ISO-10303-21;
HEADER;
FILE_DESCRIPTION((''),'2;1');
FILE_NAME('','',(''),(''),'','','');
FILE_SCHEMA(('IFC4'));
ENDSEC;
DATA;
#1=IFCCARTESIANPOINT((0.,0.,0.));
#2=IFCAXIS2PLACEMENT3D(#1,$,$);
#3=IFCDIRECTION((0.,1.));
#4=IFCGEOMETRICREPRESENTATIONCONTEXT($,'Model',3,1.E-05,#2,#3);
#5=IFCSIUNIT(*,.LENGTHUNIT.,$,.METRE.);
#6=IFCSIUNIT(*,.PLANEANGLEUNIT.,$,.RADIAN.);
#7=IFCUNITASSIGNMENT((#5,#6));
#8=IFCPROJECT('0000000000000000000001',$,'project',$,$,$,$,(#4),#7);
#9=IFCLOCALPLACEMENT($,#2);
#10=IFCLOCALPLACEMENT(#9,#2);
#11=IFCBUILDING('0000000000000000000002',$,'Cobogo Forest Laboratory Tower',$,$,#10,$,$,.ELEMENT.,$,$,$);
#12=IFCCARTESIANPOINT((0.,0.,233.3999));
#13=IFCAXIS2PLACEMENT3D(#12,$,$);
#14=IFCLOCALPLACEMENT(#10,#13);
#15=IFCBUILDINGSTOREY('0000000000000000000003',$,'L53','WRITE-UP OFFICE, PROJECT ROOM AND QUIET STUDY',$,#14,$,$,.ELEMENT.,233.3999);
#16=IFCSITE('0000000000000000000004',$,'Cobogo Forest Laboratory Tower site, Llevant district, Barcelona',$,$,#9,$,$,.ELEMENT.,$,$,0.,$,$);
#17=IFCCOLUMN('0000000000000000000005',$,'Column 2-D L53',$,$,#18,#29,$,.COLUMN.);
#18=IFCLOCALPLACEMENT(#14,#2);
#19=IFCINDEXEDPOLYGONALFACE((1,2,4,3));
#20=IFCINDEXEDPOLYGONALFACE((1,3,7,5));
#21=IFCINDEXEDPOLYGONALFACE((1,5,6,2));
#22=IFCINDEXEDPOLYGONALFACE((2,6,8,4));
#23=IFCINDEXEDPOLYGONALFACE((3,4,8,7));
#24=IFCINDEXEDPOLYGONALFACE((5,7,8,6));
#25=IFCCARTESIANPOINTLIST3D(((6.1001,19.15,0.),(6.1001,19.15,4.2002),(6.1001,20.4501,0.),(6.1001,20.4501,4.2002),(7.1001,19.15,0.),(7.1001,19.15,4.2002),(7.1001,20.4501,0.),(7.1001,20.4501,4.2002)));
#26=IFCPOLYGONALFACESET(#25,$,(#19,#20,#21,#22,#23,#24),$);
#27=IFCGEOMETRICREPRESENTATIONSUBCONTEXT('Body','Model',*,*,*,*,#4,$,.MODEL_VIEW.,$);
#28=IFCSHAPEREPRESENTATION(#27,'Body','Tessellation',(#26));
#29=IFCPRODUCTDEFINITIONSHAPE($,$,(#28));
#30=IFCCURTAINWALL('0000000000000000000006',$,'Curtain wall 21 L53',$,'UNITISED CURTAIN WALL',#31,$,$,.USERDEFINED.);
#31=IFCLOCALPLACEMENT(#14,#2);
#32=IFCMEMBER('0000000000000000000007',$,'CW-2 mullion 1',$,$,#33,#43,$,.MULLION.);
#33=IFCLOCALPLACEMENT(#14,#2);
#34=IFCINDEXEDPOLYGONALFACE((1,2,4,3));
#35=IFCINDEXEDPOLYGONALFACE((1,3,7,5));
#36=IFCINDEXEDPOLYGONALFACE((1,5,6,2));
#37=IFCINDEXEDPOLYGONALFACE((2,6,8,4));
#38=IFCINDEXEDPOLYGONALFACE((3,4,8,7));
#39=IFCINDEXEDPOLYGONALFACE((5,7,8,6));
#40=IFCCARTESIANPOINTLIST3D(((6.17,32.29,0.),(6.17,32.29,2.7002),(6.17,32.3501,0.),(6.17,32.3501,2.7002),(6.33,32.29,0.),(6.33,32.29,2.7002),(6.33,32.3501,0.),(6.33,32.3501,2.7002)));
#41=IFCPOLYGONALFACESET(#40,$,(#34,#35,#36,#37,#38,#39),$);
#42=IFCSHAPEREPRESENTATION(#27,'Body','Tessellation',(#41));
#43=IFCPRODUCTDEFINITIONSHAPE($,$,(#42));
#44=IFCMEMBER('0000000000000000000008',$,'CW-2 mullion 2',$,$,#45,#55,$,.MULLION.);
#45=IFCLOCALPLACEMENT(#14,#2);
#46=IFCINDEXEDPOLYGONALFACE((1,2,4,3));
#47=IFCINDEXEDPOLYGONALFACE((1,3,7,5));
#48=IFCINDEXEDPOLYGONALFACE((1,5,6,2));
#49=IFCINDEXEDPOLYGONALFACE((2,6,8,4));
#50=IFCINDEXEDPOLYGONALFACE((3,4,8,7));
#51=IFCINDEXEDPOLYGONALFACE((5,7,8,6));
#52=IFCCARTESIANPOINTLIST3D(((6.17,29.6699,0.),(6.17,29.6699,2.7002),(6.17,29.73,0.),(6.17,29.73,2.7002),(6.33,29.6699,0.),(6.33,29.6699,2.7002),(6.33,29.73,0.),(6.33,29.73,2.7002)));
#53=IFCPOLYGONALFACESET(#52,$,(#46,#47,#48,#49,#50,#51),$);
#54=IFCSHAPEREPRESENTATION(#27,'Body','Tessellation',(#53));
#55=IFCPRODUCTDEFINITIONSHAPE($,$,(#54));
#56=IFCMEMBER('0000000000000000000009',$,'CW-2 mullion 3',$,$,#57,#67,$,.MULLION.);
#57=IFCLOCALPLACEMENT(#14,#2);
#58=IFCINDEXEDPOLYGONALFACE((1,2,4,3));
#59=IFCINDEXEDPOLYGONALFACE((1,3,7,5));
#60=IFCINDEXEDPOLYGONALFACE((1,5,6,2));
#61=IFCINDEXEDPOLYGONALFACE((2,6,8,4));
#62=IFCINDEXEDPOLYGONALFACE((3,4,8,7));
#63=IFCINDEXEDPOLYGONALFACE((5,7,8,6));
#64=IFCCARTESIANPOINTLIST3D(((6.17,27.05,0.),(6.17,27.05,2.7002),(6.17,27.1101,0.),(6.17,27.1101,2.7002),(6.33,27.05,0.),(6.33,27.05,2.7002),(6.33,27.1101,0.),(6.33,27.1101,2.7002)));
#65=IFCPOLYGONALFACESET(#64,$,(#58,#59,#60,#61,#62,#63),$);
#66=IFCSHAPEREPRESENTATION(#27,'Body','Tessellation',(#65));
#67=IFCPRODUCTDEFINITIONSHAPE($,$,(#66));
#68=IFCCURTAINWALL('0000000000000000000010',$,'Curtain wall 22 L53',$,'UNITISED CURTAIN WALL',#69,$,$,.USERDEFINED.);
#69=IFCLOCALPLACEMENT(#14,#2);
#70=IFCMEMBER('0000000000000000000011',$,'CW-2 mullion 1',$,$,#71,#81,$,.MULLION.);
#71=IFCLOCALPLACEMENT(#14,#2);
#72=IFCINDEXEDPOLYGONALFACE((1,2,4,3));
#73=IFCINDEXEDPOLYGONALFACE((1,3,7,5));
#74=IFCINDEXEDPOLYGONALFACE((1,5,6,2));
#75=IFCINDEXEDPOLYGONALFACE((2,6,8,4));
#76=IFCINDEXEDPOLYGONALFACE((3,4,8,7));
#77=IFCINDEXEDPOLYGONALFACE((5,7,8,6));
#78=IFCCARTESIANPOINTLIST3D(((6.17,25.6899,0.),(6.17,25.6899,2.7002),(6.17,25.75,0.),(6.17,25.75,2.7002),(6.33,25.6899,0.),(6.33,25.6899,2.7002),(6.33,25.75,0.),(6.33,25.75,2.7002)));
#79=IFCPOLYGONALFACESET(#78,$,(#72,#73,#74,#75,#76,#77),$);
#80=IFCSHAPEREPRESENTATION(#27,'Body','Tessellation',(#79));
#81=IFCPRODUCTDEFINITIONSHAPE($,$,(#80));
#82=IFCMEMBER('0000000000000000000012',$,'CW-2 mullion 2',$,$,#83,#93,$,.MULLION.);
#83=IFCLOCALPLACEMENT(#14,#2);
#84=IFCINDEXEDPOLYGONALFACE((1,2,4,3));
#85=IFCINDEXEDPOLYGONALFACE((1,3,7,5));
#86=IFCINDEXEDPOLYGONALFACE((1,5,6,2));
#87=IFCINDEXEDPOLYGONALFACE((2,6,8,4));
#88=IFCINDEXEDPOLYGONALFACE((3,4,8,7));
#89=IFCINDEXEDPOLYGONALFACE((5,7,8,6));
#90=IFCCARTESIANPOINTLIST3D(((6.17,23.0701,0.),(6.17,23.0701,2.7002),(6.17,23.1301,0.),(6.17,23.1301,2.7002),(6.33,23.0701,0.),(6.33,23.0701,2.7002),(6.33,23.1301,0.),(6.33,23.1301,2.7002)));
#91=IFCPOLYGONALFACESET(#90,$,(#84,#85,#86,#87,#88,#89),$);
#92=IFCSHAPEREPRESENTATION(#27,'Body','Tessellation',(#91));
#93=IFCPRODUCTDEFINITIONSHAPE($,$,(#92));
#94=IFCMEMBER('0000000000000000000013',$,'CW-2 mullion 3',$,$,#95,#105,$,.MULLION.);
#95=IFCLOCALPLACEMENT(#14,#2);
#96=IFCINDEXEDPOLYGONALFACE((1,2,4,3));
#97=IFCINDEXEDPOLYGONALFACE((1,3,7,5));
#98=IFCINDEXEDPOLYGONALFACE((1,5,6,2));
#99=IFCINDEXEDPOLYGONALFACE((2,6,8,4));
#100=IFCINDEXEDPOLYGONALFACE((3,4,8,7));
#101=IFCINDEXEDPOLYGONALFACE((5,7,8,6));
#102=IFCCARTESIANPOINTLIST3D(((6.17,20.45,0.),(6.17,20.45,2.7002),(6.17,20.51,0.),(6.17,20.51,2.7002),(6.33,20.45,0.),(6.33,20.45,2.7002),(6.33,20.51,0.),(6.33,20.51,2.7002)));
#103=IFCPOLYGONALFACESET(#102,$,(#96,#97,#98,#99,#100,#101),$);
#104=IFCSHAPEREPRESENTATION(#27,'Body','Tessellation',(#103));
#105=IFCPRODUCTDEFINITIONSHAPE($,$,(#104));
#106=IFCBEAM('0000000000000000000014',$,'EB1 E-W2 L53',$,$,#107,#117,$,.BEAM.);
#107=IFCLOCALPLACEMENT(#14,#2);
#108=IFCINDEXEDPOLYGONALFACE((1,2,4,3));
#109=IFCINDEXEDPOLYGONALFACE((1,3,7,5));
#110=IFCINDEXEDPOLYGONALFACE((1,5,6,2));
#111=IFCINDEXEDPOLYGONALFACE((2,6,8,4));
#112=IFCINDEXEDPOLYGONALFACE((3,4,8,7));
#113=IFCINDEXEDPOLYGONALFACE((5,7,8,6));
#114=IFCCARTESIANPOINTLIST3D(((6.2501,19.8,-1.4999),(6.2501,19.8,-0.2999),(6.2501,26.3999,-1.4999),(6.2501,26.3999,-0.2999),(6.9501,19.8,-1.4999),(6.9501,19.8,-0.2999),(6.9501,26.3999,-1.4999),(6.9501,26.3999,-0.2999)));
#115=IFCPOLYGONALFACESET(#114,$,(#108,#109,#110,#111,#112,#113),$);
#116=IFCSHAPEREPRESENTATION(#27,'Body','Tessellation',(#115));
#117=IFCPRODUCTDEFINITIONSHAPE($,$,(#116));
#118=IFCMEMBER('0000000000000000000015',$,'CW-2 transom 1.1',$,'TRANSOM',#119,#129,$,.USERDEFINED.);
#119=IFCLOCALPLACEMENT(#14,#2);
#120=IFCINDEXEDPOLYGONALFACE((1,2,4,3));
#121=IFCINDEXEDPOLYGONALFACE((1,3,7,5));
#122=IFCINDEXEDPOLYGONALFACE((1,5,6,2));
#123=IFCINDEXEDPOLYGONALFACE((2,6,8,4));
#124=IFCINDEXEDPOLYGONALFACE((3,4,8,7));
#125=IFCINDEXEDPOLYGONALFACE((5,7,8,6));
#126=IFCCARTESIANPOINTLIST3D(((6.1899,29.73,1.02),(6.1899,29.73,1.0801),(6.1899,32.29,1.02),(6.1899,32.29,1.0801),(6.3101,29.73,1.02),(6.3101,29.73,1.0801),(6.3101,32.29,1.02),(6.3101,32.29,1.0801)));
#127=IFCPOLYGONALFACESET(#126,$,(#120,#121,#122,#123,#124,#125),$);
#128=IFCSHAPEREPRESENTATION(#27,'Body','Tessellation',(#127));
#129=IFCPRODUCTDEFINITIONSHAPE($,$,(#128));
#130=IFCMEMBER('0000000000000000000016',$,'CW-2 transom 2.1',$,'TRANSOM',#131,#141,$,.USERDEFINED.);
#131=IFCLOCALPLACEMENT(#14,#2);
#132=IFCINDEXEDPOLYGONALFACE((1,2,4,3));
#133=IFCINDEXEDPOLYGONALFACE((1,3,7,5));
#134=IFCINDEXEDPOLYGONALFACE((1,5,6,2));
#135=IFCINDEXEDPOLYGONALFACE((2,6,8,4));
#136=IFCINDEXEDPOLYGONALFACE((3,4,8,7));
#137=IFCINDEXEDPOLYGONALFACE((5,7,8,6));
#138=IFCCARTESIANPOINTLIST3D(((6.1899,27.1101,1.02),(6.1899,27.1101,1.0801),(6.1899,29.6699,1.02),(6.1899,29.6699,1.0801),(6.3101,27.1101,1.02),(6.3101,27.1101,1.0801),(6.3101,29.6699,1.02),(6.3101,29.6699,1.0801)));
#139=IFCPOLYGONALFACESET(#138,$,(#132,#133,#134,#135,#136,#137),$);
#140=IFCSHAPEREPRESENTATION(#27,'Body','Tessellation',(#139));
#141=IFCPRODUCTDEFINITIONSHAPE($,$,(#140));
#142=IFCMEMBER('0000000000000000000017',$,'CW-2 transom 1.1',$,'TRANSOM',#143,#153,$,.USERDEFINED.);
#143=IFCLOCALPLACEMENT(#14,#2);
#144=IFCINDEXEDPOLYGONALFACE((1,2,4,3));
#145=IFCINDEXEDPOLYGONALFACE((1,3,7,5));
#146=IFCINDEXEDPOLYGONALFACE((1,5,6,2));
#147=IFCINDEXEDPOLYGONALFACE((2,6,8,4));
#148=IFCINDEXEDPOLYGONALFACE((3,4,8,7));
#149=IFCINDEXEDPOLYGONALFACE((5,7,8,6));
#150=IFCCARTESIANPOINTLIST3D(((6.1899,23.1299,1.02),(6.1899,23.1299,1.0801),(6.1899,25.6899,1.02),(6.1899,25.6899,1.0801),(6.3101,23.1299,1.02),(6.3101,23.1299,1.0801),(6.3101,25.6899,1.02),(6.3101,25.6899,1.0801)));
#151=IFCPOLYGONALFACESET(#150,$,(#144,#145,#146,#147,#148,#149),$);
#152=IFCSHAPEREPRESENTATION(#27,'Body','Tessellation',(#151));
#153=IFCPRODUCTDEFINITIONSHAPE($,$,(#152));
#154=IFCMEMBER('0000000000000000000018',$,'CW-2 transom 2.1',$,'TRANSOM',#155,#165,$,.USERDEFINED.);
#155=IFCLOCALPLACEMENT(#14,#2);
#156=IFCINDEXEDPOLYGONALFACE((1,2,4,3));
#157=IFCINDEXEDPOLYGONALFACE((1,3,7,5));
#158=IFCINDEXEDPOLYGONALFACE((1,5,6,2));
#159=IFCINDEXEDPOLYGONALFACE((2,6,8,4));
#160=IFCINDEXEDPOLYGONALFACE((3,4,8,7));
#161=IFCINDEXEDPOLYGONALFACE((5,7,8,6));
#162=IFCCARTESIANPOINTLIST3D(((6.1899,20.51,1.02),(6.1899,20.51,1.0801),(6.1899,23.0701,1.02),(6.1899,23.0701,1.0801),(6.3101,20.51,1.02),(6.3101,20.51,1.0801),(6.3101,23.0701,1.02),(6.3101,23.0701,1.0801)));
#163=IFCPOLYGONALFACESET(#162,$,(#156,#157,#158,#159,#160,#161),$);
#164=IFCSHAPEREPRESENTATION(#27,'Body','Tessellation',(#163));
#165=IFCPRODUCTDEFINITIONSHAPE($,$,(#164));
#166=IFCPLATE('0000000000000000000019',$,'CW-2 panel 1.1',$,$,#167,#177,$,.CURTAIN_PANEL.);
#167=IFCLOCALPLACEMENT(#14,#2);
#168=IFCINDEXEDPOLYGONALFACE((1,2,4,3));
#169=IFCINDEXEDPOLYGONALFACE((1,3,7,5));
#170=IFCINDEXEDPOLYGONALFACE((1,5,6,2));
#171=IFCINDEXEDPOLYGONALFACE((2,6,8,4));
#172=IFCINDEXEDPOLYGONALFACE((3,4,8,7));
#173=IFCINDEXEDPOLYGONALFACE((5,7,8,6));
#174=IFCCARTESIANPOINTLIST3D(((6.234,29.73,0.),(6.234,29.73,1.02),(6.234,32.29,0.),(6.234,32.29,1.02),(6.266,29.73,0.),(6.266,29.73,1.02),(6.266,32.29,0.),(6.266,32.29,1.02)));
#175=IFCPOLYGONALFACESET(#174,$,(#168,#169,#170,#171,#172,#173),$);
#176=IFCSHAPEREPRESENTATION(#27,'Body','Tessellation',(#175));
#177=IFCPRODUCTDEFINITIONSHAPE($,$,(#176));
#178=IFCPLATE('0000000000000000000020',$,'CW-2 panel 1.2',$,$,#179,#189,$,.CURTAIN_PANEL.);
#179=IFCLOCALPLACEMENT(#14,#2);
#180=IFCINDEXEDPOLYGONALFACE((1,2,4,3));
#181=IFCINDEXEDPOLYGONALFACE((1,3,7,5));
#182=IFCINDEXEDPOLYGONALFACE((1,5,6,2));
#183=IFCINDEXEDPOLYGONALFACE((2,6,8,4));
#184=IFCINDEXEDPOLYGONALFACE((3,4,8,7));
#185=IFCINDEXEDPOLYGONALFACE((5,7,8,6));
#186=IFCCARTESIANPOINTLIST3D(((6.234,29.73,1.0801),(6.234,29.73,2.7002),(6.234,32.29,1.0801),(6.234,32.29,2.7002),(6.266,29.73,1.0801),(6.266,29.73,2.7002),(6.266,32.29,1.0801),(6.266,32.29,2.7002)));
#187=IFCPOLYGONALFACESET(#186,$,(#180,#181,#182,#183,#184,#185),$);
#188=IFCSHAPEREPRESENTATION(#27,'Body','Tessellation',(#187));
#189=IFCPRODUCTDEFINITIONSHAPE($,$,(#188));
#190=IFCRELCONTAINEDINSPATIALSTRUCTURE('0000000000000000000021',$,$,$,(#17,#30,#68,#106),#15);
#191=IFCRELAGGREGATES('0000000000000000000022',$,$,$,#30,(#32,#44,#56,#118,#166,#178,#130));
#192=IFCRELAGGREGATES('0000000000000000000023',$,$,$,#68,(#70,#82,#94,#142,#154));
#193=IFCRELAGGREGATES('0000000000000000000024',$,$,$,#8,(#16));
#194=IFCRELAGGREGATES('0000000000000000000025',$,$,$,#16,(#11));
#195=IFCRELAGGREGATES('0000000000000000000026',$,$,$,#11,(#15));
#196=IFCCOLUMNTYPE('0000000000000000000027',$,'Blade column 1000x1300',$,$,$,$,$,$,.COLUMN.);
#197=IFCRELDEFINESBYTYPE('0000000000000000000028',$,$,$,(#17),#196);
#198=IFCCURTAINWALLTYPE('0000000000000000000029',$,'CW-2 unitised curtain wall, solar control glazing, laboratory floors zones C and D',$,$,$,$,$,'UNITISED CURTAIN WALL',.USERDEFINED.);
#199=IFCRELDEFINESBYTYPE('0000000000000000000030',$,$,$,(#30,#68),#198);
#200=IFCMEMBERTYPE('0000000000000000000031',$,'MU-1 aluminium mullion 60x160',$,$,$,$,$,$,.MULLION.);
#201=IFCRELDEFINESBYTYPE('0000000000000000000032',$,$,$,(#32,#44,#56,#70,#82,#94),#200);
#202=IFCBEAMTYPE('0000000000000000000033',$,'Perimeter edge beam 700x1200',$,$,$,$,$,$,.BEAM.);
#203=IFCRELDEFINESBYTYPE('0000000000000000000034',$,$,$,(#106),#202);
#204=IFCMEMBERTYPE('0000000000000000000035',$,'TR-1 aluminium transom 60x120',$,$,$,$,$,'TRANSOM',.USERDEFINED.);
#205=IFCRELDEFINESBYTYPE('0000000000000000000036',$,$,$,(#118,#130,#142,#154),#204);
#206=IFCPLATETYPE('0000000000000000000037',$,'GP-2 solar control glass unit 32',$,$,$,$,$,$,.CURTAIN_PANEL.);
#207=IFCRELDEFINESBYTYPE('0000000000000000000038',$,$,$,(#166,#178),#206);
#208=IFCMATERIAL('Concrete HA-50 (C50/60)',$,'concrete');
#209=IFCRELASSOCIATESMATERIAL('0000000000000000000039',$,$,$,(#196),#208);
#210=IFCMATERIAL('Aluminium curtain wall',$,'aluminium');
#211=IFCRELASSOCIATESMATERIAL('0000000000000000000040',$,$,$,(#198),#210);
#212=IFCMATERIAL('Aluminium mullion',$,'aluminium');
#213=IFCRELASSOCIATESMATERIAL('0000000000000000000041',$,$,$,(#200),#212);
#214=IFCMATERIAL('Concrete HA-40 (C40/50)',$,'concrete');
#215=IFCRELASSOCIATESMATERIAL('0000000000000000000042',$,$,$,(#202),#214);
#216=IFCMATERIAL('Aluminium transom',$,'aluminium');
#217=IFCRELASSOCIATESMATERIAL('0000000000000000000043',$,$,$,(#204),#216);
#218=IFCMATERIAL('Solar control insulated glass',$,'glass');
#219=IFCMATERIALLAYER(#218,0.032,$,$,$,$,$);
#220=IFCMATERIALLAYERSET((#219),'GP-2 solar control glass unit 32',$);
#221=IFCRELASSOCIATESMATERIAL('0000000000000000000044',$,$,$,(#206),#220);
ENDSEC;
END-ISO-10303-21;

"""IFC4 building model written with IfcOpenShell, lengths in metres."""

from ifc_helpers import new_model, si_unit, direction, frame, origin, origin_2d, place, context, subcontext, project, spatial, rectangle, extrude, material, layer, layer_set, material_profile, profile_set, type_object, element, aggregate, save


model = new_model("IFC4")

# Units and contexts
model_context = context("Model", 3, precision=1e-05, world=origin(), true_north=direction((0.0, 1.0)))
body_context = subcontext(model_context, "Body", "Model", "MODEL_VIEW")
ifc_project = project(units=[si_unit("LENGTHUNIT", "METRE"), si_unit("PLANEANGLEUNIT", "RADIAN")], contexts=[model_context])

# Site, building, storey
site_placement = place(None, origin())
site = spatial("IfcSite", under=ifc_project, at=site_placement, Name="Cobogo Forest Laboratory Tower site, Llevant district, Barcelona", CompositionType="ELEMENT", RefElevation=0.0)
building_placement = place(site_placement, origin())
building = spatial("IfcBuilding", under=site, at=building_placement, Name="Cobogo Forest Laboratory Tower", CompositionType="ELEMENT")
storey_placement = place(building_placement, frame((0.0, 0.0, 233.3999)))
storey = spatial("IfcBuildingStorey", under=building, at=storey_placement, Name="L53", Description="WRITE-UP OFFICE, PROJECT ROOM AND QUIET STUDY", CompositionType="ELEMENT", Elevation=233.3999)

# Column
ifc_material_1 = material(Name="Concrete HA-50 (C50/60)", Category="concrete")
ifc_material_profile_1 = material_profile(ifc_material_1, rectangle(XDim=1.3, YDim=1.0, at=origin_2d()), Name="RC 1000x1300")
ifc_profile_set_1 = profile_set([ifc_material_profile_1], Name="Concrete HA-50 (C50/60)")
column_type = type_object("IfcColumnType", Name="Blade column 1000x1300", PredefinedType="COLUMN", material=ifc_profile_set_1)
column_placement = place(storey_placement, frame((6.6001, 19.8, 0.0), z_axis=(0.0, 0.0, 1.0), x_axis=(0.0, 1.0, 0.0)))
element("IfcColumn", 1, at=column_placement, inside=storey, type_object=column_type, Name="Column 2-D L53", PredefinedType="COLUMN", context=body_context, shape_type="SweptSolid", body=[
    extrude(rectangle(XDim=1.3, YDim=1.0, at=origin_2d()), origin(), (0.0, 0.0, 1.0), 4.2002),
])

# Curtain walls, members
ifc_material_2 = material(Name="Aluminium curtain wall", Category="aluminium")
curtain_wall_type = type_object("IfcCurtainWallType", Name="CW-2 unitised curtain wall, solar control glazing, laboratory floors zones C and D", ElementType="UNITISED CURTAIN WALL", PredefinedType="USERDEFINED", material=ifc_material_2)
curtain_wall_1_placement = place(storey_placement, origin())
curtain_wall_1 = element("IfcCurtainWall", 2, at=curtain_wall_1_placement, inside=storey, type_object=curtain_wall_type, Name="Curtain wall 21 L53", ObjectType="UNITISED CURTAIN WALL", PredefinedType="USERDEFINED")
ifc_material_3 = material(Name="Aluminium mullion", Category="aluminium")
ifc_material_profile_2 = material_profile(ifc_material_3, rectangle(XDim=0.0601, YDim=0.1599, at=origin_2d()), Name="AL 60x160")
ifc_profile_set_2 = profile_set([ifc_material_profile_2], Name="Aluminium mullion")
member_type_1 = type_object("IfcMemberType", Name="MU-1 aluminium mullion 60x160", PredefinedType="MULLION", material=ifc_profile_set_2)
member_1_placement = place(storey_placement, frame((6.25, 32.3201, 0.0), z_axis=(0.0, 0.0, 1.0), x_axis=(0.0, -1.0, 0.0)))
member_1 = element("IfcMember", 3, at=member_1_placement, type_object=member_type_1, Name="CW-2 mullion 1", PredefinedType="MULLION", context=body_context, shape_type="SweptSolid", body=[
    extrude(rectangle(XDim=0.0601, YDim=0.1599, at=origin_2d()), origin(), (0.0, 0.0, 1.0), 2.7002),
])
member_2_placement = place(storey_placement, frame((6.25, 29.7, 0.0), z_axis=(0.0, 0.0, 1.0), x_axis=(0.0, -1.0, 0.0)))
member_2 = element("IfcMember", 4, at=member_2_placement, type_object=member_type_1, Name="CW-2 mullion 2", PredefinedType="MULLION", context=body_context, shape_type="SweptSolid", body=[
    extrude(rectangle(XDim=0.0601, YDim=0.1599, at=origin_2d()), origin(), (0.0, 0.0, 1.0), 2.7002),
])
member_3_placement = place(storey_placement, frame((6.25, 27.0801, 0.0), z_axis=(0.0, 0.0, 1.0), x_axis=(0.0, -1.0, 0.0)))
member_3 = element("IfcMember", 5, at=member_3_placement, type_object=member_type_1, Name="CW-2 mullion 3", PredefinedType="MULLION", context=body_context, shape_type="SweptSolid", body=[
    extrude(rectangle(XDim=0.0601, YDim=0.1599, at=origin_2d()), origin(), (0.0, 0.0, 1.0), 2.7002),
])
curtain_wall_2_placement = place(storey_placement, origin())
curtain_wall_2 = element("IfcCurtainWall", 6, at=curtain_wall_2_placement, inside=storey, type_object=curtain_wall_type, Name="Curtain wall 22 L53", ObjectType="UNITISED CURTAIN WALL", PredefinedType="USERDEFINED")
member_4_placement = place(storey_placement, frame((6.25, 25.72, 0.0), z_axis=(0.0, 0.0, 1.0), x_axis=(0.0, -1.0, 0.0)))
member_4 = element("IfcMember", 7, at=member_4_placement, type_object=member_type_1, Name="CW-2 mullion 1", PredefinedType="MULLION", context=body_context, shape_type="SweptSolid", body=[
    extrude(rectangle(XDim=0.0601, YDim=0.1599, at=origin_2d()), origin(), (0.0, 0.0, 1.0), 2.7002),
])
member_5_placement = place(storey_placement, frame((6.25, 23.1001, 0.0), z_axis=(0.0, 0.0, 1.0), x_axis=(0.0, -1.0, 0.0)))
member_5 = element("IfcMember", 8, at=member_5_placement, type_object=member_type_1, Name="CW-2 mullion 2", PredefinedType="MULLION", context=body_context, shape_type="SweptSolid", body=[
    extrude(rectangle(XDim=0.0601, YDim=0.1599, at=origin_2d()), origin(), (0.0, 0.0, 1.0), 2.7002),
])
member_6_placement = place(storey_placement, frame((6.25, 20.48, 0.0), z_axis=(0.0, 0.0, 1.0), x_axis=(0.0, -1.0, 0.0)))
member_6 = element("IfcMember", 9, at=member_6_placement, type_object=member_type_1, Name="CW-2 mullion 3", PredefinedType="MULLION", context=body_context, shape_type="SweptSolid", body=[
    extrude(rectangle(XDim=0.0601, YDim=0.1599, at=origin_2d()), origin(), (0.0, 0.0, 1.0), 2.7002),
])

# Beam
ifc_material_4 = material(Name="Concrete HA-40 (C40/50)", Category="concrete")
ifc_material_profile_3 = material_profile(ifc_material_4, rectangle(XDim=0.7, YDim=1.2, at=origin_2d()), Name="RC 700x1200")
ifc_profile_set_3 = profile_set([ifc_material_profile_3], Name="Concrete HA-40 (C40/50)")
beam_type = type_object("IfcBeamType", Name="Perimeter edge beam 700x1200", PredefinedType="BEAM", material=ifc_profile_set_3)
beam_placement = place(storey_placement, frame((6.6001, 19.8, -0.8999), z_axis=(0.0, 1.0, 0.0), x_axis=(-1.0, 0.0, 0.0)))
element("IfcBeam", 10, at=beam_placement, inside=storey, type_object=beam_type, Name="EB1 E-W2 L53", PredefinedType="BEAM", context=body_context, shape_type="SweptSolid", body=[
    extrude(rectangle(XDim=0.7, YDim=1.2, at=origin_2d()), origin(), (0.0, 0.0, 1.0), 6.5999),
])

# Members
ifc_material_5 = material(Name="Aluminium transom", Category="aluminium")
ifc_material_profile_4 = material_profile(ifc_material_5, rectangle(XDim=0.1201, YDim=0.0601, at=origin_2d()), Name="AL 60x120")
ifc_profile_set_4 = profile_set([ifc_material_profile_4], Name="Aluminium transom")
member_type_2 = type_object("IfcMemberType", Name="TR-1 aluminium transom 60x120", ElementType="TRANSOM", PredefinedType="USERDEFINED", material=ifc_profile_set_4)
member_7_placement = place(storey_placement, frame((6.25, 32.29, 1.05), z_axis=(0.0, -1.0, 0.0), x_axis=(1.0, 0.0, 0.0)))
member_7 = element("IfcMember", 11, at=member_7_placement, type_object=member_type_2, Name="CW-2 transom 1.1", ObjectType="TRANSOM", PredefinedType="USERDEFINED", context=body_context, shape_type="SweptSolid", body=[
    extrude(rectangle(XDim=0.1201, YDim=0.0601, at=origin_2d()), origin(), (0.0, 0.0, 1.0), 2.5601),
])
member_8_placement = place(storey_placement, frame((6.25, 29.6699, 1.05), z_axis=(0.0, -1.0, 0.0), x_axis=(1.0, 0.0, 0.0)))
member_8 = element("IfcMember", 12, at=member_8_placement, type_object=member_type_2, Name="CW-2 transom 2.1", ObjectType="TRANSOM", PredefinedType="USERDEFINED", context=body_context, shape_type="SweptSolid", body=[
    extrude(rectangle(XDim=0.1201, YDim=0.0601, at=origin_2d()), origin(), (0.0, 0.0, 1.0), 2.5598),
])
member_9_placement = place(storey_placement, frame((6.25, 25.6899, 1.05), z_axis=(0.0, -1.0, 0.0), x_axis=(1.0, 0.0, 0.0)))
member_9 = element("IfcMember", 13, at=member_9_placement, type_object=member_type_2, Name="CW-2 transom 1.1", ObjectType="TRANSOM", PredefinedType="USERDEFINED", context=body_context, shape_type="SweptSolid", body=[
    extrude(rectangle(XDim=0.1201, YDim=0.0601, at=origin_2d()), origin(), (0.0, 0.0, 1.0), 2.5601),
])
member_10_placement = place(storey_placement, frame((6.25, 23.0701, 1.05), z_axis=(0.0, -1.0, 0.0), x_axis=(1.0, 0.0, 0.0)))
member_10 = element("IfcMember", 14, at=member_10_placement, type_object=member_type_2, Name="CW-2 transom 2.1", ObjectType="TRANSOM", PredefinedType="USERDEFINED", context=body_context, shape_type="SweptSolid", body=[
    extrude(rectangle(XDim=0.1201, YDim=0.0601, at=origin_2d()), origin(), (0.0, 0.0, 1.0), 2.5601),
])

# Plates
ifc_material_6 = material(Name="Solar control insulated glass", Category="glass")
ifc_layer_1 = layer(ifc_material_6, 0.032)
ifc_layer_set_1 = layer_set([ifc_layer_1], Name="GP-2 solar control glass unit 32")
plate_type_1 = type_object("IfcPlateType", Name="GP-2 solar control glass unit 32", PredefinedType="CURTAIN_PANEL", material=ifc_layer_set_1)
plate_1_placement = place(storey_placement, frame((6.25, 31.01, 0.0), z_axis=(0.0, 0.0, 1.0), x_axis=(0.0, -1.0, 0.0)))
plate_1 = element("IfcPlate", 15, at=plate_1_placement, type_object=plate_type_1, Name="CW-2 panel 1.1", PredefinedType="CURTAIN_PANEL", context=body_context, shape_type="SweptSolid", body=[
    extrude(rectangle(XDim=2.5601, YDim=0.032, at=origin_2d()), origin(), (0.0, 0.0, 1.0), 1.02),
])
plate_2_placement = place(storey_placement, frame((6.25, 31.01, 1.0801), z_axis=(0.0, 0.0, 1.0), x_axis=(0.0, -1.0, 0.0)))
plate_2 = element("IfcPlate", 16, at=plate_2_placement, type_object=plate_type_1, Name="CW-2 panel 1.2", PredefinedType="CURTAIN_PANEL", context=body_context, shape_type="SweptSolid", body=[
    extrude(rectangle(XDim=2.5601, YDim=0.032, at=origin_2d()), origin(), (0.0, 0.0, 1.0), 1.6201),
])
aggregate(curtain_wall_1, [member_1, member_2, member_3, member_7, plate_1, plate_2, member_8])
aggregate(curtain_wall_2, [member_4, member_5, member_6, member_9, member_10])

save(model, "model.ifc")
